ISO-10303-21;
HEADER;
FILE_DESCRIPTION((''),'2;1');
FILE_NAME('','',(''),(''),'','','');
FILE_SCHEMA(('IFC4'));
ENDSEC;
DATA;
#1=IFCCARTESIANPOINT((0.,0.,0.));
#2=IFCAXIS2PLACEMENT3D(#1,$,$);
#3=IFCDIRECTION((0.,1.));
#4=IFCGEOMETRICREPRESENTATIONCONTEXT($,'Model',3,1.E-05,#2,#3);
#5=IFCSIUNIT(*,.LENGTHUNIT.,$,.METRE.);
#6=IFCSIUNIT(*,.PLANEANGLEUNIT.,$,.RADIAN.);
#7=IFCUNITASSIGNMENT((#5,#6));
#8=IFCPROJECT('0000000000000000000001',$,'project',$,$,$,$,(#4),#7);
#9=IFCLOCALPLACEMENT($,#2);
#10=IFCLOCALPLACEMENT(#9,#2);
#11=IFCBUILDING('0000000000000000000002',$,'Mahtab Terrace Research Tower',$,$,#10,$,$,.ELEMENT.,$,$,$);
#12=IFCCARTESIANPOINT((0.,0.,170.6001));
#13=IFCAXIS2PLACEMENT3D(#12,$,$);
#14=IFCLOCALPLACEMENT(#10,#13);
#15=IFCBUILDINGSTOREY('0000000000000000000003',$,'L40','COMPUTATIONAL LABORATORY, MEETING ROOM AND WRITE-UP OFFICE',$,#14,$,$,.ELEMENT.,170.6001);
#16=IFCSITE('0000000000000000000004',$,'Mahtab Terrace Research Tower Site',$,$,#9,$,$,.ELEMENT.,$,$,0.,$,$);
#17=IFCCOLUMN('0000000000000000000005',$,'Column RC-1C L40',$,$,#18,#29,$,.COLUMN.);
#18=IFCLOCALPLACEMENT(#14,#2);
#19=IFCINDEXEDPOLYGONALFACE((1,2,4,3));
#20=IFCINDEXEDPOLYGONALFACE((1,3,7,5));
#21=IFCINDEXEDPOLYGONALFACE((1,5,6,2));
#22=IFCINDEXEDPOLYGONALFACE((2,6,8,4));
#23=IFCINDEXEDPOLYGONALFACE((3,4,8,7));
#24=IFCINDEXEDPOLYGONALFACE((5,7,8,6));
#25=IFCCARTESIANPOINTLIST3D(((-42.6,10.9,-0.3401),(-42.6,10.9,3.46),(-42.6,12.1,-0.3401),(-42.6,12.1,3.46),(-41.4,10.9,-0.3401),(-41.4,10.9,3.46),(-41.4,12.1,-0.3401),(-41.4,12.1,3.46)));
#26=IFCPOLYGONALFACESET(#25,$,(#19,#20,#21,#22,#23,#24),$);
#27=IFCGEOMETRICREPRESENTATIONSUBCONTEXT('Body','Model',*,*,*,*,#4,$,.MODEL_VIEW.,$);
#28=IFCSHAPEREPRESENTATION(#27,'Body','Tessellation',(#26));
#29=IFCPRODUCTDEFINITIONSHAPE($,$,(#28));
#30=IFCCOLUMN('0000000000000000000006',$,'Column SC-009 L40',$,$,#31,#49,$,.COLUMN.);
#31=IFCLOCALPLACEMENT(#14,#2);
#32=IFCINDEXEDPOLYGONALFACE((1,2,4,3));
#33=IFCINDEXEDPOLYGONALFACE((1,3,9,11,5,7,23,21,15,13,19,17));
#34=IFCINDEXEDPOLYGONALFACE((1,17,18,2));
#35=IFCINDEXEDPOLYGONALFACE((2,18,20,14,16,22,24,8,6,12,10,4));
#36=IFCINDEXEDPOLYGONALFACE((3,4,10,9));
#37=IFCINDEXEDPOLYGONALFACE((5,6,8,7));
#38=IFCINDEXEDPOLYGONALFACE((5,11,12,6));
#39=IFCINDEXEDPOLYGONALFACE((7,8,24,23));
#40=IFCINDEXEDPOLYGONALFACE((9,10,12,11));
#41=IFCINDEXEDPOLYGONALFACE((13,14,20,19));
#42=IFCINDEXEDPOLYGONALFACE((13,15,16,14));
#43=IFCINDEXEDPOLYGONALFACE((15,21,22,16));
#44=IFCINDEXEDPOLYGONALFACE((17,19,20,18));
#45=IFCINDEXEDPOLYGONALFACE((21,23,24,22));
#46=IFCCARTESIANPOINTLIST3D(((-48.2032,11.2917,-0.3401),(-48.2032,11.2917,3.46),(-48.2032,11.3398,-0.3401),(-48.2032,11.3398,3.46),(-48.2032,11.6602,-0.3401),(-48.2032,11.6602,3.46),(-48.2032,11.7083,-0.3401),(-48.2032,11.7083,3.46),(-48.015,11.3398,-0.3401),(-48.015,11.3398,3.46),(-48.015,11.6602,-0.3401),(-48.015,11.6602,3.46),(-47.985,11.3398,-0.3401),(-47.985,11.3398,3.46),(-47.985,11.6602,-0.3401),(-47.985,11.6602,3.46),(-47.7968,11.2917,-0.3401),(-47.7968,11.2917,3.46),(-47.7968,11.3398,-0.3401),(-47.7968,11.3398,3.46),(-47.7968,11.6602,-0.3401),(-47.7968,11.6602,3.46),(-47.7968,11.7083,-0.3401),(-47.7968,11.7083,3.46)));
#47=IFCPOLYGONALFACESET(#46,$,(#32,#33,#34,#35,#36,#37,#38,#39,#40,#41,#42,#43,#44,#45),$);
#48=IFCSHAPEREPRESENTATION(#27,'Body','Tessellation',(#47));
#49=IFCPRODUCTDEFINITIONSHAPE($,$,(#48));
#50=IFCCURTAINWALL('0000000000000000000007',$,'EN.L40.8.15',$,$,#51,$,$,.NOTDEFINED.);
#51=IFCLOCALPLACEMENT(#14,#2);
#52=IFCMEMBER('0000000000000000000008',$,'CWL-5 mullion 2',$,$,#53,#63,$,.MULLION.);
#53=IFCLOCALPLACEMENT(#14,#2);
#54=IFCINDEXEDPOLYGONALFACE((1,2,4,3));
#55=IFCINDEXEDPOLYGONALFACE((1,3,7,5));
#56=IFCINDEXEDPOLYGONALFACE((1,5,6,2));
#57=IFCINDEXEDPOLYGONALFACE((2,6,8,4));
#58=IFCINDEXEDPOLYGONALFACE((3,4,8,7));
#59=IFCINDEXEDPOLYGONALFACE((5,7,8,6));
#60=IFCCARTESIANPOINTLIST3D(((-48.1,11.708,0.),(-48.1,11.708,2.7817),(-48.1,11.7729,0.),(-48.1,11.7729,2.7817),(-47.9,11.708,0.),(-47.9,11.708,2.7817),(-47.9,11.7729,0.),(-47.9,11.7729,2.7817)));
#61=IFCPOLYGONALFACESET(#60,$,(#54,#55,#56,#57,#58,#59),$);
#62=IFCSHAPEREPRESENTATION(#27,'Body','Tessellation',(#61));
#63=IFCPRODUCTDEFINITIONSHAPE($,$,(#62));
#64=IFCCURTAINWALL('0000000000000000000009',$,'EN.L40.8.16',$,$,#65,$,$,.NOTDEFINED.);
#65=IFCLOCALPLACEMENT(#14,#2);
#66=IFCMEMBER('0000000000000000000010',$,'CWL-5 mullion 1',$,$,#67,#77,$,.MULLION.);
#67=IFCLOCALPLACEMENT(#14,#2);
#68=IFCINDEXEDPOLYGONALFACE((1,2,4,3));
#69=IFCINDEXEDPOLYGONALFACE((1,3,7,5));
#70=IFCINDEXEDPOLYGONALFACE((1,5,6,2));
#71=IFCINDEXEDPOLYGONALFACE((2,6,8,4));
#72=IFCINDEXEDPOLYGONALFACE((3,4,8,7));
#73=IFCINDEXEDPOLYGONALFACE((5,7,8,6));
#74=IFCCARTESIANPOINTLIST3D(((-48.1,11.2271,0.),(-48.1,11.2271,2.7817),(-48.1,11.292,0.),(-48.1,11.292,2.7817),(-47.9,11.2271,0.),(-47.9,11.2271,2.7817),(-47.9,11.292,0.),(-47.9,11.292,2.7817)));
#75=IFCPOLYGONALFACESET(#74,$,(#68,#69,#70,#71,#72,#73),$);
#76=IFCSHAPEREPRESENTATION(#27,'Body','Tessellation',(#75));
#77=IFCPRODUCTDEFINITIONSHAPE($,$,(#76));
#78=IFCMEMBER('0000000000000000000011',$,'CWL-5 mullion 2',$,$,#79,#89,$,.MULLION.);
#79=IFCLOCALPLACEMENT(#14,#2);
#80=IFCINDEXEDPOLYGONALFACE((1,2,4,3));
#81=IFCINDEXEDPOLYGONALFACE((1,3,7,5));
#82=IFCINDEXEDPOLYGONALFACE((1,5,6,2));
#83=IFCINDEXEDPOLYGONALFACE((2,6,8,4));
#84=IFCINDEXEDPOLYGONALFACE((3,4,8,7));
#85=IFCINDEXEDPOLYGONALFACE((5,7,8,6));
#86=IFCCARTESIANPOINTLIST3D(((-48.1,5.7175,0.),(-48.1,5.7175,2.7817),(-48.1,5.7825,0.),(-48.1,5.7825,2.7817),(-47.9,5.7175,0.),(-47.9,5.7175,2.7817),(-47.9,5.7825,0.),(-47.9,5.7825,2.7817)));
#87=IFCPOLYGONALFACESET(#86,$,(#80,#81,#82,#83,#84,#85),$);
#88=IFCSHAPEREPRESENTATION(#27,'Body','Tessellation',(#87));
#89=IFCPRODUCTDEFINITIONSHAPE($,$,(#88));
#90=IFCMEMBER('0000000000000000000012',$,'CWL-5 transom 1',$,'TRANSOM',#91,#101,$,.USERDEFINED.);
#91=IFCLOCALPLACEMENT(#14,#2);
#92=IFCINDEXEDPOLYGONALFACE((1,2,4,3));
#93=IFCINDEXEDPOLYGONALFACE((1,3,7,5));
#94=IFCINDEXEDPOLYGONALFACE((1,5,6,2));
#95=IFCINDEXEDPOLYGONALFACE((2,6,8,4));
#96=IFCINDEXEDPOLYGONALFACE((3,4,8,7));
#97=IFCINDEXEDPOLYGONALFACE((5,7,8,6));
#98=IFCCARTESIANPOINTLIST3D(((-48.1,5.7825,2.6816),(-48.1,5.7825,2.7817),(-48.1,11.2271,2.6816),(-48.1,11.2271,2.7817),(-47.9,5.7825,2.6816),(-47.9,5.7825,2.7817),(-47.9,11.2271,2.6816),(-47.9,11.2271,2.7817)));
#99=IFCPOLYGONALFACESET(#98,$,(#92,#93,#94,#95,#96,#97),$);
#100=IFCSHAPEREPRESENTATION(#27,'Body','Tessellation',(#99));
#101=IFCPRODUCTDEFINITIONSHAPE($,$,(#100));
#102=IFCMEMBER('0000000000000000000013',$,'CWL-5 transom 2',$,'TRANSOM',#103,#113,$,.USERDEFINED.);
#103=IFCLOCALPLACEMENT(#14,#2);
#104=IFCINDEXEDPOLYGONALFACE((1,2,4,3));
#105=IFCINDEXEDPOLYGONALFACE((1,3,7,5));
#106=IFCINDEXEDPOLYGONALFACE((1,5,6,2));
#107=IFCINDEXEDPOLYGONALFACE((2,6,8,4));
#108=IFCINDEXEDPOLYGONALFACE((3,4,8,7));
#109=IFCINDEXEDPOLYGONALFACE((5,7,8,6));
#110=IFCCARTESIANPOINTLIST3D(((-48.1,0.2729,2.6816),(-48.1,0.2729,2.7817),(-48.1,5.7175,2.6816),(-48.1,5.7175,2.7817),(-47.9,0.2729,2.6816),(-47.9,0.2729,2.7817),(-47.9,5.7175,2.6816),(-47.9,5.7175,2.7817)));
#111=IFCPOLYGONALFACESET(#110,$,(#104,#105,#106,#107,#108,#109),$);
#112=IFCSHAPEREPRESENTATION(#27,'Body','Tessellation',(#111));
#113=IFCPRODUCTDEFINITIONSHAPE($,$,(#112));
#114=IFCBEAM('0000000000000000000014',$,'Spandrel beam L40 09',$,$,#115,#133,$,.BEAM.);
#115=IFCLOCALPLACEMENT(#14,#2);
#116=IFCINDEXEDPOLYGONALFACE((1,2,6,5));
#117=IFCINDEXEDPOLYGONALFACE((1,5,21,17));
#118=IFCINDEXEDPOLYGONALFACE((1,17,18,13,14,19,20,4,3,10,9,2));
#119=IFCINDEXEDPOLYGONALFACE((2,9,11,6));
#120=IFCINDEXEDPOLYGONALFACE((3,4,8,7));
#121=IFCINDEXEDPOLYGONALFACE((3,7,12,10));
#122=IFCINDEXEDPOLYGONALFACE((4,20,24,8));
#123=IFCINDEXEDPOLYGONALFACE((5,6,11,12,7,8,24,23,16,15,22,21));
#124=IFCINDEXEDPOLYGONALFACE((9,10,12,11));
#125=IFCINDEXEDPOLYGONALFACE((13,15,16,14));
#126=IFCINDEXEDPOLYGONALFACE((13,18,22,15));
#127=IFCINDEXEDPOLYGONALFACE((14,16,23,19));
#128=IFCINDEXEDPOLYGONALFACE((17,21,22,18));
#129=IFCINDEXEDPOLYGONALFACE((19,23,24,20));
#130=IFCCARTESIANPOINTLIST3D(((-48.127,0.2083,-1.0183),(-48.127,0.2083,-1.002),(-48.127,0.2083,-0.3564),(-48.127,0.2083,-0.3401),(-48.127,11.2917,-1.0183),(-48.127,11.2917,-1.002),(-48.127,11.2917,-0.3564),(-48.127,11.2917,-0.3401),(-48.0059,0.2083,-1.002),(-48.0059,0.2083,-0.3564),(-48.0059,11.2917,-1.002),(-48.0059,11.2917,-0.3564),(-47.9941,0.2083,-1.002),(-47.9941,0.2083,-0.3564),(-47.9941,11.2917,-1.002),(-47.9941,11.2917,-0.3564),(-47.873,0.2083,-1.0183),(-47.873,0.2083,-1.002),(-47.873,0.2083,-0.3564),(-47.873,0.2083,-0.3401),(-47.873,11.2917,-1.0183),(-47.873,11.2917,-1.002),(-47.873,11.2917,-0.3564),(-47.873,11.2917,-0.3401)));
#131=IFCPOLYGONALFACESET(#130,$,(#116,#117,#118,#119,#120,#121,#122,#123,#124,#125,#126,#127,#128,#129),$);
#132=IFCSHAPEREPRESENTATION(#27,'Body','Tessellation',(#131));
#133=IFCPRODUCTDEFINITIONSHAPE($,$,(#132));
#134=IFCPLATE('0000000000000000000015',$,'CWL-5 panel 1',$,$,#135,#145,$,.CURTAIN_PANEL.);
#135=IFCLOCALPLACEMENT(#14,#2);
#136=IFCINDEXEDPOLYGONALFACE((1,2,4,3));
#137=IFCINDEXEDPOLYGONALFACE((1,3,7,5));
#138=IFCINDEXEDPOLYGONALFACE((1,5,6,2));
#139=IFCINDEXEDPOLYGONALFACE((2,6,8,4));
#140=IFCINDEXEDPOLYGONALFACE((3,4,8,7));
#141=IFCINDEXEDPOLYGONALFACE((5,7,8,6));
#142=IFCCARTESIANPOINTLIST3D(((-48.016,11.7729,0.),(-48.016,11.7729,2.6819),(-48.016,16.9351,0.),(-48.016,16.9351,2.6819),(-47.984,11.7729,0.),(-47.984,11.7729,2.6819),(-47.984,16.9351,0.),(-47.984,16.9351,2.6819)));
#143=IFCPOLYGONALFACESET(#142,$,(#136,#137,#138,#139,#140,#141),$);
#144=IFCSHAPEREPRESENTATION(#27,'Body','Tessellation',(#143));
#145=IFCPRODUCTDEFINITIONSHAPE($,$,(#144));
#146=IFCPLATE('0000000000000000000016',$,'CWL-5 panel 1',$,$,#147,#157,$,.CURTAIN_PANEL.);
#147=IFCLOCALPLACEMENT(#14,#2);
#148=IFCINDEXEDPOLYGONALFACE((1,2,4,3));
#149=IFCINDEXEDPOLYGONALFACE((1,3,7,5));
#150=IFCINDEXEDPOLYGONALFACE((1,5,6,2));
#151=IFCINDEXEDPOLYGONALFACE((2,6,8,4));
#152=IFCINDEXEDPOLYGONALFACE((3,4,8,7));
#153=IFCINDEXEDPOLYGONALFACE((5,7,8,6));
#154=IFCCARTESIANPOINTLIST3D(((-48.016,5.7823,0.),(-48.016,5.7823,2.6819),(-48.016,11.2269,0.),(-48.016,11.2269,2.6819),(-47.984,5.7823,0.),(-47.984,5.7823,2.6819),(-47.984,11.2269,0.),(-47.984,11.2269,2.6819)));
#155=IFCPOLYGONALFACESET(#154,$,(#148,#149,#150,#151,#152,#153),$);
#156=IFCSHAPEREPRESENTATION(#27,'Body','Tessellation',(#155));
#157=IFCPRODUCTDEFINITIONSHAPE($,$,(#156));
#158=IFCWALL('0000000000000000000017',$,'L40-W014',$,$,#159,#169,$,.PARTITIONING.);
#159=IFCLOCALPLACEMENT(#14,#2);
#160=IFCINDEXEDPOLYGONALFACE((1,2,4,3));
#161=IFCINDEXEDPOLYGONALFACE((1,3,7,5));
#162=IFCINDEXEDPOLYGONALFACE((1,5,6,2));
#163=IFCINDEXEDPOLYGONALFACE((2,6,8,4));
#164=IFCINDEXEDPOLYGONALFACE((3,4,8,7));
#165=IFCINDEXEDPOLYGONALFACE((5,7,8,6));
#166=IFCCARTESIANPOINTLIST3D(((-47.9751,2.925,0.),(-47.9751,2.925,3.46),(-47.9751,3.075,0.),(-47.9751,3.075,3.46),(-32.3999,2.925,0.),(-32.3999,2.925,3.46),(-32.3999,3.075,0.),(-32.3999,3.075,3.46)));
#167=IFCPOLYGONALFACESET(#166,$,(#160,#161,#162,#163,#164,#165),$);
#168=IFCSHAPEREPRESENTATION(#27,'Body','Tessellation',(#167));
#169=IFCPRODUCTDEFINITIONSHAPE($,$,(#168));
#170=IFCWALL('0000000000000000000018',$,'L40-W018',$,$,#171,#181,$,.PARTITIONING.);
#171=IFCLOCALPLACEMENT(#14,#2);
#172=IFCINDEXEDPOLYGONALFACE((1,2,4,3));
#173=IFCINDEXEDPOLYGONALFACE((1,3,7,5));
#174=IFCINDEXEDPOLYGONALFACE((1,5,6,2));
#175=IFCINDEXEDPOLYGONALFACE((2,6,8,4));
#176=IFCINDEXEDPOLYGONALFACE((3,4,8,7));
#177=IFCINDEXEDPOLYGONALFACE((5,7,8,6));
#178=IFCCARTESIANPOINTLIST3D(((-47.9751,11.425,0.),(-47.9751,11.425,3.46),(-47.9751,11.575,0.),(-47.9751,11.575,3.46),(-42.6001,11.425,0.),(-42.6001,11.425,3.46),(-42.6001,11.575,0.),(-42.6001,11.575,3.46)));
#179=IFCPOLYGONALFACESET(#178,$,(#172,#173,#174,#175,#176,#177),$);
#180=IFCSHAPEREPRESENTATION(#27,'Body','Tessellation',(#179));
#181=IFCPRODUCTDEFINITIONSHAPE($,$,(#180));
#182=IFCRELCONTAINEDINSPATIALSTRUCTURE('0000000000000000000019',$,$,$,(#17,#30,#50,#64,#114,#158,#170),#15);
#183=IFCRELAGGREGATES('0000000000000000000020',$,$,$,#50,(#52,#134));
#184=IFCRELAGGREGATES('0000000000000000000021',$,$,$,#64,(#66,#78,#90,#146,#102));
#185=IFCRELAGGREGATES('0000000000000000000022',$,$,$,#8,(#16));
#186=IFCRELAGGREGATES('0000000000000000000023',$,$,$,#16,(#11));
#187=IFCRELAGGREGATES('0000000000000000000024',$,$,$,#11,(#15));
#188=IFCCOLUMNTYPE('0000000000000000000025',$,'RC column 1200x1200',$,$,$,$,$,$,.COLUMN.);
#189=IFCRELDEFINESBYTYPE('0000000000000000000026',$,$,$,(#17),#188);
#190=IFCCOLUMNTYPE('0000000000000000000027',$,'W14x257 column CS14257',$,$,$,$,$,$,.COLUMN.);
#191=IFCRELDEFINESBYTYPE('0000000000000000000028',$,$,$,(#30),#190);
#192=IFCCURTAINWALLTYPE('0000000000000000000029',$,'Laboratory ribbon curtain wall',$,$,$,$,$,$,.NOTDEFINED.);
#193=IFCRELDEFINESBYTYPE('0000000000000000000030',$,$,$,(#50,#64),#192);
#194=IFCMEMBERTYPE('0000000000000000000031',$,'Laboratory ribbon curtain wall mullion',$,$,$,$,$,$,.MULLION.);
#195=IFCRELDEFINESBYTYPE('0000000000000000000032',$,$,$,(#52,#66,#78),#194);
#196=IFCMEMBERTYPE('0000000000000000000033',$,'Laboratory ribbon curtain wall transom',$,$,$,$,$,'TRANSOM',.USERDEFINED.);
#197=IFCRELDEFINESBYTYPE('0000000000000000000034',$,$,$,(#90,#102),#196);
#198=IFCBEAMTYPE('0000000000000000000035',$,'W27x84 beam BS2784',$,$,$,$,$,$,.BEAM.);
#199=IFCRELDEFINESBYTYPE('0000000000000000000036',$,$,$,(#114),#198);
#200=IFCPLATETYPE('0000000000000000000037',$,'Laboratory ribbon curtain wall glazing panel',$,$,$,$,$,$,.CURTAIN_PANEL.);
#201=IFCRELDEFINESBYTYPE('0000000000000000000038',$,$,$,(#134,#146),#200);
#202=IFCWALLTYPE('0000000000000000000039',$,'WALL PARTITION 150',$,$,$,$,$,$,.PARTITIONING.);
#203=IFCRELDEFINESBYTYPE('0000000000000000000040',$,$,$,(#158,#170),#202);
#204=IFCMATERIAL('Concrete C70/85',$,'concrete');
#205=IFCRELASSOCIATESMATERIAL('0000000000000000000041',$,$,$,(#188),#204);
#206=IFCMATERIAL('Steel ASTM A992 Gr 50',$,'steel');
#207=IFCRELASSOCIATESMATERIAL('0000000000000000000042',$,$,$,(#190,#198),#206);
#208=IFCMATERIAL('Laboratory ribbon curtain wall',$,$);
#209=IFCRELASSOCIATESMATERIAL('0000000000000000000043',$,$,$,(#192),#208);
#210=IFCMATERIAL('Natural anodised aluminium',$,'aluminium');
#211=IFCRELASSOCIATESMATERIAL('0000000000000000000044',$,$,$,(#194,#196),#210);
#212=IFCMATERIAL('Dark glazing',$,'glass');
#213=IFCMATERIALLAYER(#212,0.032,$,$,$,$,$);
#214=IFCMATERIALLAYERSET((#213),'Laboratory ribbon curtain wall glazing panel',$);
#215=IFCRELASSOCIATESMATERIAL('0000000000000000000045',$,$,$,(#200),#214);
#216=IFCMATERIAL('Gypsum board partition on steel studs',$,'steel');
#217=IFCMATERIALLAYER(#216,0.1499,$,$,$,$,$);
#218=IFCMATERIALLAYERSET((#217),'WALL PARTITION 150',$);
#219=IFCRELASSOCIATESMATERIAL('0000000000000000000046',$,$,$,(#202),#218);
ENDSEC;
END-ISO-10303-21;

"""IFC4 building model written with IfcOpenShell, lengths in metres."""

from ifc_helpers import new_model, si_unit, direction, frame, frame_2d, origin, origin_2d, place, context, subcontext, project, spatial, rectangle, i_section, extrude, material, layer, layer_set, material_profile, profile_set, type_object, element, aggregate, save


model = new_model("IFC4")

# Units and contexts
model_context = context("Model", 3, precision=1e-05, world=origin(), true_north=direction((0.0, 1.0)))
body_context = subcontext(model_context, "Body", "Model", "MODEL_VIEW")
ifc_project = project(units=[si_unit("LENGTHUNIT", "METRE"), si_unit("PLANEANGLEUNIT", "RADIAN")], contexts=[model_context])

# Site, building, storey
site_placement = place(None, origin())
site = spatial("IfcSite", under=ifc_project, at=site_placement, Name="Mahtab Terrace Research Tower Site", CompositionType="ELEMENT", RefElevation=0.0)
building_placement = place(site_placement, origin())
building = spatial("IfcBuilding", under=site, at=building_placement, Name="Mahtab Terrace Research Tower", CompositionType="ELEMENT")
storey_placement = place(building_placement, frame((0.0, 0.0, 170.6001)))
storey = spatial("IfcBuildingStorey", under=building, at=storey_placement, Name="L40", Description="COMPUTATIONAL LABORATORY, MEETING ROOM AND WRITE-UP OFFICE", CompositionType="ELEMENT", Elevation=170.6001)

# Columns
ifc_material_1 = material(Name="Concrete C70/85", Category="concrete")
ifc_material_profile_1 = material_profile(ifc_material_1, rectangle(XDim=1.2, YDim=1.2, at=origin_2d()), Name="RC column 1200x1200")
ifc_profile_set_1 = profile_set([ifc_material_profile_1], Name="Concrete C70/85")
column_type_1 = type_object("IfcColumnType", Name="RC column 1200x1200", PredefinedType="COLUMN", material=ifc_profile_set_1)
column_1_placement = place(storey_placement, frame((-42.0, 11.5, -0.3401), z_axis=(0.0, 0.0, 1.0), x_axis=(1.0, 0.0, 0.0)))
element("IfcColumn", 1, at=column_1_placement, inside=storey, type_object=column_type_1, Name="Column RC-1C L40", PredefinedType="COLUMN", context=body_context, shape_type="SweptSolid", body=[
    extrude(rectangle(XDim=1.2, YDim=1.2, at=origin_2d()), origin(), (0.0, 0.0, 1.0), 3.8),
])
ifc_material_2 = material(Name="Steel ASTM A992 Gr 50", Category="steel")
ifc_material_profile_2 = material_profile(ifc_material_2, i_section(OverallWidth=0.4065, OverallDepth=0.4165, WebThickness=0.03, FlangeThickness=0.0481, at=origin_2d()), Name="W14X257")
ifc_profile_set_2 = profile_set([ifc_material_profile_2], Name="Steel ASTM A992 Gr 50")
column_type_2 = type_object("IfcColumnType", Name="W14x257 column CS14257", PredefinedType="COLUMN", material=ifc_profile_set_2)
column_2_placement = place(storey_placement, frame((-48.0, 11.5, -0.3401), z_axis=(0.0, 0.0, 1.0), x_axis=(1.0, 0.0, 0.0)))
element("IfcColumn", 2, at=column_2_placement, inside=storey, type_object=column_type_2, Name="Column SC-009 L40", PredefinedType="COLUMN", context=body_context, shape_type="SweptSolid", body=[
    extrude(i_section(OverallWidth=0.4065, OverallDepth=0.4165, WebThickness=0.03, FlangeThickness=0.0481, at=origin_2d()), origin(), (0.0, 0.0, 1.0), 3.8),
])

# Curtain wall, member
ifc_material_3 = material(Name="Laboratory ribbon curtain wall")
curtain_wall_type = type_object("IfcCurtainWallType", Name="Laboratory ribbon curtain wall", PredefinedType="NOTDEFINED", material=ifc_material_3)
curtain_wall_1_placement = place(storey_placement, origin())
curtain_wall_1 = element("IfcCurtainWall", 3, at=curtain_wall_1_placement, inside=storey, type_object=curtain_wall_type, Name="EN.L40.8.15", PredefinedType="NOTDEFINED")
ifc_material_4 = material(Name="Natural anodised aluminium", Category="aluminium")
ifc_material_profile_3 = material_profile(ifc_material_4, rectangle(XDim=0.2, YDim=0.0649, at=origin_2d()), Name="MULLION 65x200")
ifc_profile_set_3 = profile_set([ifc_material_profile_3], Name="Natural anodised aluminium")
member_type_1 = type_object("IfcMemberType", Name="Laboratory ribbon curtain wall mullion", PredefinedType="MULLION", material=ifc_profile_set_3)
member_1_placement = place(storey_placement, frame((-48.0, 11.7405, 0.0), z_axis=(0.0, 0.0, 1.0), x_axis=(1.0, 0.0, 0.0)))
member_1 = element("IfcMember", 4, at=member_1_placement, type_object=member_type_1, Name="CWL-5 mullion 2", PredefinedType="MULLION", context=body_context, shape_type="SweptSolid", body=[
    extrude(rectangle(XDim=0.2, YDim=0.0649, at=origin_2d()), origin(), (0.0, 0.0, 1.0), 2.7817),
])

# Curtain wall, members
curtain_wall_2_placement = place(storey_placement, origin())
curtain_wall_2 = element("IfcCurtainWall", 5, at=curtain_wall_2_placement, inside=storey, type_object=curtain_wall_type, Name="EN.L40.8.16", PredefinedType="NOTDEFINED")
member_2_placement = place(storey_placement, frame((-48.0, 11.2595, 0.0), z_axis=(0.0, 0.0, 1.0), x_axis=(1.0, 0.0, 0.0)))
member_2 = element("IfcMember", 6, at=member_2_placement, type_object=member_type_1, Name="CWL-5 mullion 1", PredefinedType="MULLION", context=body_context, shape_type="SweptSolid", body=[
    extrude(rectangle(XDim=0.2, YDim=0.0649, at=origin_2d()), origin(), (0.0, 0.0, 1.0), 2.7817),
])
member_3_placement = place(storey_placement, frame((-48.0, 5.75, 0.0), z_axis=(0.0, 0.0, 1.0), x_axis=(1.0, 0.0, 0.0)))
member_3 = element("IfcMember", 7, at=member_3_placement, type_object=member_type_1, Name="CWL-5 mullion 2", PredefinedType="MULLION", context=body_context, shape_type="SweptSolid", body=[
    extrude(rectangle(XDim=0.2, YDim=0.0649, at=origin_2d()), origin(), (0.0, 0.0, 1.0), 2.7817),
])
ifc_material_profile_4 = material_profile(ifc_material_4, rectangle(XDim=0.2, YDim=0.1001, at=origin_2d()), Name="TRANSOM 100x200")
ifc_profile_set_4 = profile_set([ifc_material_profile_4], Name="Natural anodised aluminium")
member_type_2 = type_object("IfcMemberType", Name="Laboratory ribbon curtain wall transom", ElementType="TRANSOM", PredefinedType="USERDEFINED", material=ifc_profile_set_4)
member_4_placement = place(storey_placement, frame((-48.0, 11.2271, 2.7317), z_axis=(0.0, -1.0, 0.0), x_axis=(1.0, 0.0, 0.0)))
member_4 = element("IfcMember", 8, at=member_4_placement, type_object=member_type_2, Name="CWL-5 transom 1", ObjectType="TRANSOM", PredefinedType="USERDEFINED", context=body_context, shape_type="SweptSolid", body=[
    extrude(rectangle(XDim=0.2, YDim=0.1001, at=origin_2d()), origin(), (0.0, 0.0, 1.0), 5.4446),
])
member_5_placement = place(storey_placement, frame((-48.0, 5.7175, 2.7317), z_axis=(0.0, -1.0, 0.0), x_axis=(1.0, 0.0, 0.0)))
member_5 = element("IfcMember", 9, at=member_5_placement, type_object=member_type_2, Name="CWL-5 transom 2", ObjectType="TRANSOM", PredefinedType="USERDEFINED", context=body_context, shape_type="SweptSolid", body=[
    extrude(rectangle(XDim=0.2, YDim=0.1001, at=origin_2d()), origin(), (0.0, 0.0, 1.0), 5.4446),
])

# Beam
ifc_material_profile_5 = material_profile(ifc_material_2, i_section(OverallWidth=0.2539, OverallDepth=0.6782, WebThickness=0.0117, FlangeThickness=0.0164, at=origin_2d()), Name="W27X84")
ifc_profile_set_5 = profile_set([ifc_material_profile_5], Name="Steel ASTM A992 Gr 50")
beam_type = type_object("IfcBeamType", Name="W27x84 beam BS2784", PredefinedType="BEAM", material=ifc_profile_set_5)
beam_placement = place(storey_placement, frame((-48.0, 11.2917, -0.6792), z_axis=(0.0, -1.0, 0.0), x_axis=(1.0, 0.0, 0.0)))
element("IfcBeam", 10, at=beam_placement, inside=storey, type_object=beam_type, Name="Spandrel beam L40 09", PredefinedType="BEAM", context=body_context, shape_type="SweptSolid", body=[
    extrude(i_section(OverallWidth=0.2539, OverallDepth=0.6782, WebThickness=0.0117, FlangeThickness=0.0164, at=origin_2d()), origin(), (0.0, 0.0, 1.0), 11.0835),
])

# Plates
ifc_material_5 = material(Name="Dark glazing", Category="glass")
ifc_layer_1 = layer(ifc_material_5, 0.032)
ifc_layer_set_1 = layer_set([ifc_layer_1], Name="Laboratory ribbon curtain wall glazing panel")
plate_type = type_object("IfcPlateType", Name="Laboratory ribbon curtain wall glazing panel", PredefinedType="CURTAIN_PANEL", material=ifc_layer_set_1)
plate_1_placement = place(storey_placement, frame((-48.0, 14.354, 0.0), z_axis=(0.0, 0.0, 1.0), x_axis=(0.0, -1.0, 0.0)))
plate_1 = element("IfcPlate", 11, at=plate_1_placement, type_object=plate_type, Name="CWL-5 panel 1", PredefinedType="CURTAIN_PANEL", context=body_context, shape_type="SweptSolid", body=[
    extrude(rectangle(XDim=5.1621, YDim=0.032, at=origin_2d()), origin(), (0.0, 0.0, 1.0), 2.6819),
])
aggregate(curtain_wall_1, [member_1, plate_1])
plate_2_placement = place(storey_placement, frame((-48.0, 8.5046, 0.0), z_axis=(0.0, 0.0, 1.0), x_axis=(0.0, -1.0, 0.0)))
plate_2 = element("IfcPlate", 12, at=plate_2_placement, type_object=plate_type, Name="CWL-5 panel 1", PredefinedType="CURTAIN_PANEL", context=body_context, shape_type="SweptSolid", body=[
    extrude(rectangle(XDim=5.4446, YDim=0.032, at=origin_2d()), origin(), (0.0, 0.0, 1.0), 2.6819),
])
aggregate(curtain_wall_2, [member_2, member_3, member_4, plate_2, member_5])

# Walls
ifc_material_6 = material(Name="Gypsum board partition on steel studs", Category="steel")
ifc_layer_2 = layer(ifc_material_6, 0.1499)
ifc_layer_set_2 = layer_set([ifc_layer_2], Name="WALL PARTITION 150")
wall_type = type_object("IfcWallType", Name="WALL PARTITION 150", PredefinedType="PARTITIONING", material=ifc_layer_set_2)
wall_1_placement = place(storey_placement, frame((-47.9751, 3.0, 0.0), z_axis=(0.0, 0.0, 1.0), x_axis=(1.0, 0.0, 0.0)))
element("IfcWall", 13, at=wall_1_placement, inside=storey, type_object=wall_type, Name="L40-W014", PredefinedType="PARTITIONING", context=body_context, shape_type="SweptSolid", body=[
    extrude(rectangle(XDim=15.5752, YDim=0.1499, at=frame_2d((7.7876, 0.0))), origin(), (0.0, 0.0, 1.0), 3.46),
])
wall_2_placement = place(storey_placement, frame((-47.9751, 11.5, 0.0), z_axis=(0.0, 0.0, 1.0), x_axis=(1.0, 0.0, 0.0)))
element("IfcWall", 14, at=wall_2_placement, inside=storey, type_object=wall_type, Name="L40-W018", PredefinedType="PARTITIONING", context=body_context, shape_type="SweptSolid", body=[
    extrude(rectangle(XDim=5.375, YDim=0.1499, at=frame_2d((2.6875, 0.0))), origin(), (0.0, 0.0, 1.0), 3.46),
])

save(model, "model.ifc")
